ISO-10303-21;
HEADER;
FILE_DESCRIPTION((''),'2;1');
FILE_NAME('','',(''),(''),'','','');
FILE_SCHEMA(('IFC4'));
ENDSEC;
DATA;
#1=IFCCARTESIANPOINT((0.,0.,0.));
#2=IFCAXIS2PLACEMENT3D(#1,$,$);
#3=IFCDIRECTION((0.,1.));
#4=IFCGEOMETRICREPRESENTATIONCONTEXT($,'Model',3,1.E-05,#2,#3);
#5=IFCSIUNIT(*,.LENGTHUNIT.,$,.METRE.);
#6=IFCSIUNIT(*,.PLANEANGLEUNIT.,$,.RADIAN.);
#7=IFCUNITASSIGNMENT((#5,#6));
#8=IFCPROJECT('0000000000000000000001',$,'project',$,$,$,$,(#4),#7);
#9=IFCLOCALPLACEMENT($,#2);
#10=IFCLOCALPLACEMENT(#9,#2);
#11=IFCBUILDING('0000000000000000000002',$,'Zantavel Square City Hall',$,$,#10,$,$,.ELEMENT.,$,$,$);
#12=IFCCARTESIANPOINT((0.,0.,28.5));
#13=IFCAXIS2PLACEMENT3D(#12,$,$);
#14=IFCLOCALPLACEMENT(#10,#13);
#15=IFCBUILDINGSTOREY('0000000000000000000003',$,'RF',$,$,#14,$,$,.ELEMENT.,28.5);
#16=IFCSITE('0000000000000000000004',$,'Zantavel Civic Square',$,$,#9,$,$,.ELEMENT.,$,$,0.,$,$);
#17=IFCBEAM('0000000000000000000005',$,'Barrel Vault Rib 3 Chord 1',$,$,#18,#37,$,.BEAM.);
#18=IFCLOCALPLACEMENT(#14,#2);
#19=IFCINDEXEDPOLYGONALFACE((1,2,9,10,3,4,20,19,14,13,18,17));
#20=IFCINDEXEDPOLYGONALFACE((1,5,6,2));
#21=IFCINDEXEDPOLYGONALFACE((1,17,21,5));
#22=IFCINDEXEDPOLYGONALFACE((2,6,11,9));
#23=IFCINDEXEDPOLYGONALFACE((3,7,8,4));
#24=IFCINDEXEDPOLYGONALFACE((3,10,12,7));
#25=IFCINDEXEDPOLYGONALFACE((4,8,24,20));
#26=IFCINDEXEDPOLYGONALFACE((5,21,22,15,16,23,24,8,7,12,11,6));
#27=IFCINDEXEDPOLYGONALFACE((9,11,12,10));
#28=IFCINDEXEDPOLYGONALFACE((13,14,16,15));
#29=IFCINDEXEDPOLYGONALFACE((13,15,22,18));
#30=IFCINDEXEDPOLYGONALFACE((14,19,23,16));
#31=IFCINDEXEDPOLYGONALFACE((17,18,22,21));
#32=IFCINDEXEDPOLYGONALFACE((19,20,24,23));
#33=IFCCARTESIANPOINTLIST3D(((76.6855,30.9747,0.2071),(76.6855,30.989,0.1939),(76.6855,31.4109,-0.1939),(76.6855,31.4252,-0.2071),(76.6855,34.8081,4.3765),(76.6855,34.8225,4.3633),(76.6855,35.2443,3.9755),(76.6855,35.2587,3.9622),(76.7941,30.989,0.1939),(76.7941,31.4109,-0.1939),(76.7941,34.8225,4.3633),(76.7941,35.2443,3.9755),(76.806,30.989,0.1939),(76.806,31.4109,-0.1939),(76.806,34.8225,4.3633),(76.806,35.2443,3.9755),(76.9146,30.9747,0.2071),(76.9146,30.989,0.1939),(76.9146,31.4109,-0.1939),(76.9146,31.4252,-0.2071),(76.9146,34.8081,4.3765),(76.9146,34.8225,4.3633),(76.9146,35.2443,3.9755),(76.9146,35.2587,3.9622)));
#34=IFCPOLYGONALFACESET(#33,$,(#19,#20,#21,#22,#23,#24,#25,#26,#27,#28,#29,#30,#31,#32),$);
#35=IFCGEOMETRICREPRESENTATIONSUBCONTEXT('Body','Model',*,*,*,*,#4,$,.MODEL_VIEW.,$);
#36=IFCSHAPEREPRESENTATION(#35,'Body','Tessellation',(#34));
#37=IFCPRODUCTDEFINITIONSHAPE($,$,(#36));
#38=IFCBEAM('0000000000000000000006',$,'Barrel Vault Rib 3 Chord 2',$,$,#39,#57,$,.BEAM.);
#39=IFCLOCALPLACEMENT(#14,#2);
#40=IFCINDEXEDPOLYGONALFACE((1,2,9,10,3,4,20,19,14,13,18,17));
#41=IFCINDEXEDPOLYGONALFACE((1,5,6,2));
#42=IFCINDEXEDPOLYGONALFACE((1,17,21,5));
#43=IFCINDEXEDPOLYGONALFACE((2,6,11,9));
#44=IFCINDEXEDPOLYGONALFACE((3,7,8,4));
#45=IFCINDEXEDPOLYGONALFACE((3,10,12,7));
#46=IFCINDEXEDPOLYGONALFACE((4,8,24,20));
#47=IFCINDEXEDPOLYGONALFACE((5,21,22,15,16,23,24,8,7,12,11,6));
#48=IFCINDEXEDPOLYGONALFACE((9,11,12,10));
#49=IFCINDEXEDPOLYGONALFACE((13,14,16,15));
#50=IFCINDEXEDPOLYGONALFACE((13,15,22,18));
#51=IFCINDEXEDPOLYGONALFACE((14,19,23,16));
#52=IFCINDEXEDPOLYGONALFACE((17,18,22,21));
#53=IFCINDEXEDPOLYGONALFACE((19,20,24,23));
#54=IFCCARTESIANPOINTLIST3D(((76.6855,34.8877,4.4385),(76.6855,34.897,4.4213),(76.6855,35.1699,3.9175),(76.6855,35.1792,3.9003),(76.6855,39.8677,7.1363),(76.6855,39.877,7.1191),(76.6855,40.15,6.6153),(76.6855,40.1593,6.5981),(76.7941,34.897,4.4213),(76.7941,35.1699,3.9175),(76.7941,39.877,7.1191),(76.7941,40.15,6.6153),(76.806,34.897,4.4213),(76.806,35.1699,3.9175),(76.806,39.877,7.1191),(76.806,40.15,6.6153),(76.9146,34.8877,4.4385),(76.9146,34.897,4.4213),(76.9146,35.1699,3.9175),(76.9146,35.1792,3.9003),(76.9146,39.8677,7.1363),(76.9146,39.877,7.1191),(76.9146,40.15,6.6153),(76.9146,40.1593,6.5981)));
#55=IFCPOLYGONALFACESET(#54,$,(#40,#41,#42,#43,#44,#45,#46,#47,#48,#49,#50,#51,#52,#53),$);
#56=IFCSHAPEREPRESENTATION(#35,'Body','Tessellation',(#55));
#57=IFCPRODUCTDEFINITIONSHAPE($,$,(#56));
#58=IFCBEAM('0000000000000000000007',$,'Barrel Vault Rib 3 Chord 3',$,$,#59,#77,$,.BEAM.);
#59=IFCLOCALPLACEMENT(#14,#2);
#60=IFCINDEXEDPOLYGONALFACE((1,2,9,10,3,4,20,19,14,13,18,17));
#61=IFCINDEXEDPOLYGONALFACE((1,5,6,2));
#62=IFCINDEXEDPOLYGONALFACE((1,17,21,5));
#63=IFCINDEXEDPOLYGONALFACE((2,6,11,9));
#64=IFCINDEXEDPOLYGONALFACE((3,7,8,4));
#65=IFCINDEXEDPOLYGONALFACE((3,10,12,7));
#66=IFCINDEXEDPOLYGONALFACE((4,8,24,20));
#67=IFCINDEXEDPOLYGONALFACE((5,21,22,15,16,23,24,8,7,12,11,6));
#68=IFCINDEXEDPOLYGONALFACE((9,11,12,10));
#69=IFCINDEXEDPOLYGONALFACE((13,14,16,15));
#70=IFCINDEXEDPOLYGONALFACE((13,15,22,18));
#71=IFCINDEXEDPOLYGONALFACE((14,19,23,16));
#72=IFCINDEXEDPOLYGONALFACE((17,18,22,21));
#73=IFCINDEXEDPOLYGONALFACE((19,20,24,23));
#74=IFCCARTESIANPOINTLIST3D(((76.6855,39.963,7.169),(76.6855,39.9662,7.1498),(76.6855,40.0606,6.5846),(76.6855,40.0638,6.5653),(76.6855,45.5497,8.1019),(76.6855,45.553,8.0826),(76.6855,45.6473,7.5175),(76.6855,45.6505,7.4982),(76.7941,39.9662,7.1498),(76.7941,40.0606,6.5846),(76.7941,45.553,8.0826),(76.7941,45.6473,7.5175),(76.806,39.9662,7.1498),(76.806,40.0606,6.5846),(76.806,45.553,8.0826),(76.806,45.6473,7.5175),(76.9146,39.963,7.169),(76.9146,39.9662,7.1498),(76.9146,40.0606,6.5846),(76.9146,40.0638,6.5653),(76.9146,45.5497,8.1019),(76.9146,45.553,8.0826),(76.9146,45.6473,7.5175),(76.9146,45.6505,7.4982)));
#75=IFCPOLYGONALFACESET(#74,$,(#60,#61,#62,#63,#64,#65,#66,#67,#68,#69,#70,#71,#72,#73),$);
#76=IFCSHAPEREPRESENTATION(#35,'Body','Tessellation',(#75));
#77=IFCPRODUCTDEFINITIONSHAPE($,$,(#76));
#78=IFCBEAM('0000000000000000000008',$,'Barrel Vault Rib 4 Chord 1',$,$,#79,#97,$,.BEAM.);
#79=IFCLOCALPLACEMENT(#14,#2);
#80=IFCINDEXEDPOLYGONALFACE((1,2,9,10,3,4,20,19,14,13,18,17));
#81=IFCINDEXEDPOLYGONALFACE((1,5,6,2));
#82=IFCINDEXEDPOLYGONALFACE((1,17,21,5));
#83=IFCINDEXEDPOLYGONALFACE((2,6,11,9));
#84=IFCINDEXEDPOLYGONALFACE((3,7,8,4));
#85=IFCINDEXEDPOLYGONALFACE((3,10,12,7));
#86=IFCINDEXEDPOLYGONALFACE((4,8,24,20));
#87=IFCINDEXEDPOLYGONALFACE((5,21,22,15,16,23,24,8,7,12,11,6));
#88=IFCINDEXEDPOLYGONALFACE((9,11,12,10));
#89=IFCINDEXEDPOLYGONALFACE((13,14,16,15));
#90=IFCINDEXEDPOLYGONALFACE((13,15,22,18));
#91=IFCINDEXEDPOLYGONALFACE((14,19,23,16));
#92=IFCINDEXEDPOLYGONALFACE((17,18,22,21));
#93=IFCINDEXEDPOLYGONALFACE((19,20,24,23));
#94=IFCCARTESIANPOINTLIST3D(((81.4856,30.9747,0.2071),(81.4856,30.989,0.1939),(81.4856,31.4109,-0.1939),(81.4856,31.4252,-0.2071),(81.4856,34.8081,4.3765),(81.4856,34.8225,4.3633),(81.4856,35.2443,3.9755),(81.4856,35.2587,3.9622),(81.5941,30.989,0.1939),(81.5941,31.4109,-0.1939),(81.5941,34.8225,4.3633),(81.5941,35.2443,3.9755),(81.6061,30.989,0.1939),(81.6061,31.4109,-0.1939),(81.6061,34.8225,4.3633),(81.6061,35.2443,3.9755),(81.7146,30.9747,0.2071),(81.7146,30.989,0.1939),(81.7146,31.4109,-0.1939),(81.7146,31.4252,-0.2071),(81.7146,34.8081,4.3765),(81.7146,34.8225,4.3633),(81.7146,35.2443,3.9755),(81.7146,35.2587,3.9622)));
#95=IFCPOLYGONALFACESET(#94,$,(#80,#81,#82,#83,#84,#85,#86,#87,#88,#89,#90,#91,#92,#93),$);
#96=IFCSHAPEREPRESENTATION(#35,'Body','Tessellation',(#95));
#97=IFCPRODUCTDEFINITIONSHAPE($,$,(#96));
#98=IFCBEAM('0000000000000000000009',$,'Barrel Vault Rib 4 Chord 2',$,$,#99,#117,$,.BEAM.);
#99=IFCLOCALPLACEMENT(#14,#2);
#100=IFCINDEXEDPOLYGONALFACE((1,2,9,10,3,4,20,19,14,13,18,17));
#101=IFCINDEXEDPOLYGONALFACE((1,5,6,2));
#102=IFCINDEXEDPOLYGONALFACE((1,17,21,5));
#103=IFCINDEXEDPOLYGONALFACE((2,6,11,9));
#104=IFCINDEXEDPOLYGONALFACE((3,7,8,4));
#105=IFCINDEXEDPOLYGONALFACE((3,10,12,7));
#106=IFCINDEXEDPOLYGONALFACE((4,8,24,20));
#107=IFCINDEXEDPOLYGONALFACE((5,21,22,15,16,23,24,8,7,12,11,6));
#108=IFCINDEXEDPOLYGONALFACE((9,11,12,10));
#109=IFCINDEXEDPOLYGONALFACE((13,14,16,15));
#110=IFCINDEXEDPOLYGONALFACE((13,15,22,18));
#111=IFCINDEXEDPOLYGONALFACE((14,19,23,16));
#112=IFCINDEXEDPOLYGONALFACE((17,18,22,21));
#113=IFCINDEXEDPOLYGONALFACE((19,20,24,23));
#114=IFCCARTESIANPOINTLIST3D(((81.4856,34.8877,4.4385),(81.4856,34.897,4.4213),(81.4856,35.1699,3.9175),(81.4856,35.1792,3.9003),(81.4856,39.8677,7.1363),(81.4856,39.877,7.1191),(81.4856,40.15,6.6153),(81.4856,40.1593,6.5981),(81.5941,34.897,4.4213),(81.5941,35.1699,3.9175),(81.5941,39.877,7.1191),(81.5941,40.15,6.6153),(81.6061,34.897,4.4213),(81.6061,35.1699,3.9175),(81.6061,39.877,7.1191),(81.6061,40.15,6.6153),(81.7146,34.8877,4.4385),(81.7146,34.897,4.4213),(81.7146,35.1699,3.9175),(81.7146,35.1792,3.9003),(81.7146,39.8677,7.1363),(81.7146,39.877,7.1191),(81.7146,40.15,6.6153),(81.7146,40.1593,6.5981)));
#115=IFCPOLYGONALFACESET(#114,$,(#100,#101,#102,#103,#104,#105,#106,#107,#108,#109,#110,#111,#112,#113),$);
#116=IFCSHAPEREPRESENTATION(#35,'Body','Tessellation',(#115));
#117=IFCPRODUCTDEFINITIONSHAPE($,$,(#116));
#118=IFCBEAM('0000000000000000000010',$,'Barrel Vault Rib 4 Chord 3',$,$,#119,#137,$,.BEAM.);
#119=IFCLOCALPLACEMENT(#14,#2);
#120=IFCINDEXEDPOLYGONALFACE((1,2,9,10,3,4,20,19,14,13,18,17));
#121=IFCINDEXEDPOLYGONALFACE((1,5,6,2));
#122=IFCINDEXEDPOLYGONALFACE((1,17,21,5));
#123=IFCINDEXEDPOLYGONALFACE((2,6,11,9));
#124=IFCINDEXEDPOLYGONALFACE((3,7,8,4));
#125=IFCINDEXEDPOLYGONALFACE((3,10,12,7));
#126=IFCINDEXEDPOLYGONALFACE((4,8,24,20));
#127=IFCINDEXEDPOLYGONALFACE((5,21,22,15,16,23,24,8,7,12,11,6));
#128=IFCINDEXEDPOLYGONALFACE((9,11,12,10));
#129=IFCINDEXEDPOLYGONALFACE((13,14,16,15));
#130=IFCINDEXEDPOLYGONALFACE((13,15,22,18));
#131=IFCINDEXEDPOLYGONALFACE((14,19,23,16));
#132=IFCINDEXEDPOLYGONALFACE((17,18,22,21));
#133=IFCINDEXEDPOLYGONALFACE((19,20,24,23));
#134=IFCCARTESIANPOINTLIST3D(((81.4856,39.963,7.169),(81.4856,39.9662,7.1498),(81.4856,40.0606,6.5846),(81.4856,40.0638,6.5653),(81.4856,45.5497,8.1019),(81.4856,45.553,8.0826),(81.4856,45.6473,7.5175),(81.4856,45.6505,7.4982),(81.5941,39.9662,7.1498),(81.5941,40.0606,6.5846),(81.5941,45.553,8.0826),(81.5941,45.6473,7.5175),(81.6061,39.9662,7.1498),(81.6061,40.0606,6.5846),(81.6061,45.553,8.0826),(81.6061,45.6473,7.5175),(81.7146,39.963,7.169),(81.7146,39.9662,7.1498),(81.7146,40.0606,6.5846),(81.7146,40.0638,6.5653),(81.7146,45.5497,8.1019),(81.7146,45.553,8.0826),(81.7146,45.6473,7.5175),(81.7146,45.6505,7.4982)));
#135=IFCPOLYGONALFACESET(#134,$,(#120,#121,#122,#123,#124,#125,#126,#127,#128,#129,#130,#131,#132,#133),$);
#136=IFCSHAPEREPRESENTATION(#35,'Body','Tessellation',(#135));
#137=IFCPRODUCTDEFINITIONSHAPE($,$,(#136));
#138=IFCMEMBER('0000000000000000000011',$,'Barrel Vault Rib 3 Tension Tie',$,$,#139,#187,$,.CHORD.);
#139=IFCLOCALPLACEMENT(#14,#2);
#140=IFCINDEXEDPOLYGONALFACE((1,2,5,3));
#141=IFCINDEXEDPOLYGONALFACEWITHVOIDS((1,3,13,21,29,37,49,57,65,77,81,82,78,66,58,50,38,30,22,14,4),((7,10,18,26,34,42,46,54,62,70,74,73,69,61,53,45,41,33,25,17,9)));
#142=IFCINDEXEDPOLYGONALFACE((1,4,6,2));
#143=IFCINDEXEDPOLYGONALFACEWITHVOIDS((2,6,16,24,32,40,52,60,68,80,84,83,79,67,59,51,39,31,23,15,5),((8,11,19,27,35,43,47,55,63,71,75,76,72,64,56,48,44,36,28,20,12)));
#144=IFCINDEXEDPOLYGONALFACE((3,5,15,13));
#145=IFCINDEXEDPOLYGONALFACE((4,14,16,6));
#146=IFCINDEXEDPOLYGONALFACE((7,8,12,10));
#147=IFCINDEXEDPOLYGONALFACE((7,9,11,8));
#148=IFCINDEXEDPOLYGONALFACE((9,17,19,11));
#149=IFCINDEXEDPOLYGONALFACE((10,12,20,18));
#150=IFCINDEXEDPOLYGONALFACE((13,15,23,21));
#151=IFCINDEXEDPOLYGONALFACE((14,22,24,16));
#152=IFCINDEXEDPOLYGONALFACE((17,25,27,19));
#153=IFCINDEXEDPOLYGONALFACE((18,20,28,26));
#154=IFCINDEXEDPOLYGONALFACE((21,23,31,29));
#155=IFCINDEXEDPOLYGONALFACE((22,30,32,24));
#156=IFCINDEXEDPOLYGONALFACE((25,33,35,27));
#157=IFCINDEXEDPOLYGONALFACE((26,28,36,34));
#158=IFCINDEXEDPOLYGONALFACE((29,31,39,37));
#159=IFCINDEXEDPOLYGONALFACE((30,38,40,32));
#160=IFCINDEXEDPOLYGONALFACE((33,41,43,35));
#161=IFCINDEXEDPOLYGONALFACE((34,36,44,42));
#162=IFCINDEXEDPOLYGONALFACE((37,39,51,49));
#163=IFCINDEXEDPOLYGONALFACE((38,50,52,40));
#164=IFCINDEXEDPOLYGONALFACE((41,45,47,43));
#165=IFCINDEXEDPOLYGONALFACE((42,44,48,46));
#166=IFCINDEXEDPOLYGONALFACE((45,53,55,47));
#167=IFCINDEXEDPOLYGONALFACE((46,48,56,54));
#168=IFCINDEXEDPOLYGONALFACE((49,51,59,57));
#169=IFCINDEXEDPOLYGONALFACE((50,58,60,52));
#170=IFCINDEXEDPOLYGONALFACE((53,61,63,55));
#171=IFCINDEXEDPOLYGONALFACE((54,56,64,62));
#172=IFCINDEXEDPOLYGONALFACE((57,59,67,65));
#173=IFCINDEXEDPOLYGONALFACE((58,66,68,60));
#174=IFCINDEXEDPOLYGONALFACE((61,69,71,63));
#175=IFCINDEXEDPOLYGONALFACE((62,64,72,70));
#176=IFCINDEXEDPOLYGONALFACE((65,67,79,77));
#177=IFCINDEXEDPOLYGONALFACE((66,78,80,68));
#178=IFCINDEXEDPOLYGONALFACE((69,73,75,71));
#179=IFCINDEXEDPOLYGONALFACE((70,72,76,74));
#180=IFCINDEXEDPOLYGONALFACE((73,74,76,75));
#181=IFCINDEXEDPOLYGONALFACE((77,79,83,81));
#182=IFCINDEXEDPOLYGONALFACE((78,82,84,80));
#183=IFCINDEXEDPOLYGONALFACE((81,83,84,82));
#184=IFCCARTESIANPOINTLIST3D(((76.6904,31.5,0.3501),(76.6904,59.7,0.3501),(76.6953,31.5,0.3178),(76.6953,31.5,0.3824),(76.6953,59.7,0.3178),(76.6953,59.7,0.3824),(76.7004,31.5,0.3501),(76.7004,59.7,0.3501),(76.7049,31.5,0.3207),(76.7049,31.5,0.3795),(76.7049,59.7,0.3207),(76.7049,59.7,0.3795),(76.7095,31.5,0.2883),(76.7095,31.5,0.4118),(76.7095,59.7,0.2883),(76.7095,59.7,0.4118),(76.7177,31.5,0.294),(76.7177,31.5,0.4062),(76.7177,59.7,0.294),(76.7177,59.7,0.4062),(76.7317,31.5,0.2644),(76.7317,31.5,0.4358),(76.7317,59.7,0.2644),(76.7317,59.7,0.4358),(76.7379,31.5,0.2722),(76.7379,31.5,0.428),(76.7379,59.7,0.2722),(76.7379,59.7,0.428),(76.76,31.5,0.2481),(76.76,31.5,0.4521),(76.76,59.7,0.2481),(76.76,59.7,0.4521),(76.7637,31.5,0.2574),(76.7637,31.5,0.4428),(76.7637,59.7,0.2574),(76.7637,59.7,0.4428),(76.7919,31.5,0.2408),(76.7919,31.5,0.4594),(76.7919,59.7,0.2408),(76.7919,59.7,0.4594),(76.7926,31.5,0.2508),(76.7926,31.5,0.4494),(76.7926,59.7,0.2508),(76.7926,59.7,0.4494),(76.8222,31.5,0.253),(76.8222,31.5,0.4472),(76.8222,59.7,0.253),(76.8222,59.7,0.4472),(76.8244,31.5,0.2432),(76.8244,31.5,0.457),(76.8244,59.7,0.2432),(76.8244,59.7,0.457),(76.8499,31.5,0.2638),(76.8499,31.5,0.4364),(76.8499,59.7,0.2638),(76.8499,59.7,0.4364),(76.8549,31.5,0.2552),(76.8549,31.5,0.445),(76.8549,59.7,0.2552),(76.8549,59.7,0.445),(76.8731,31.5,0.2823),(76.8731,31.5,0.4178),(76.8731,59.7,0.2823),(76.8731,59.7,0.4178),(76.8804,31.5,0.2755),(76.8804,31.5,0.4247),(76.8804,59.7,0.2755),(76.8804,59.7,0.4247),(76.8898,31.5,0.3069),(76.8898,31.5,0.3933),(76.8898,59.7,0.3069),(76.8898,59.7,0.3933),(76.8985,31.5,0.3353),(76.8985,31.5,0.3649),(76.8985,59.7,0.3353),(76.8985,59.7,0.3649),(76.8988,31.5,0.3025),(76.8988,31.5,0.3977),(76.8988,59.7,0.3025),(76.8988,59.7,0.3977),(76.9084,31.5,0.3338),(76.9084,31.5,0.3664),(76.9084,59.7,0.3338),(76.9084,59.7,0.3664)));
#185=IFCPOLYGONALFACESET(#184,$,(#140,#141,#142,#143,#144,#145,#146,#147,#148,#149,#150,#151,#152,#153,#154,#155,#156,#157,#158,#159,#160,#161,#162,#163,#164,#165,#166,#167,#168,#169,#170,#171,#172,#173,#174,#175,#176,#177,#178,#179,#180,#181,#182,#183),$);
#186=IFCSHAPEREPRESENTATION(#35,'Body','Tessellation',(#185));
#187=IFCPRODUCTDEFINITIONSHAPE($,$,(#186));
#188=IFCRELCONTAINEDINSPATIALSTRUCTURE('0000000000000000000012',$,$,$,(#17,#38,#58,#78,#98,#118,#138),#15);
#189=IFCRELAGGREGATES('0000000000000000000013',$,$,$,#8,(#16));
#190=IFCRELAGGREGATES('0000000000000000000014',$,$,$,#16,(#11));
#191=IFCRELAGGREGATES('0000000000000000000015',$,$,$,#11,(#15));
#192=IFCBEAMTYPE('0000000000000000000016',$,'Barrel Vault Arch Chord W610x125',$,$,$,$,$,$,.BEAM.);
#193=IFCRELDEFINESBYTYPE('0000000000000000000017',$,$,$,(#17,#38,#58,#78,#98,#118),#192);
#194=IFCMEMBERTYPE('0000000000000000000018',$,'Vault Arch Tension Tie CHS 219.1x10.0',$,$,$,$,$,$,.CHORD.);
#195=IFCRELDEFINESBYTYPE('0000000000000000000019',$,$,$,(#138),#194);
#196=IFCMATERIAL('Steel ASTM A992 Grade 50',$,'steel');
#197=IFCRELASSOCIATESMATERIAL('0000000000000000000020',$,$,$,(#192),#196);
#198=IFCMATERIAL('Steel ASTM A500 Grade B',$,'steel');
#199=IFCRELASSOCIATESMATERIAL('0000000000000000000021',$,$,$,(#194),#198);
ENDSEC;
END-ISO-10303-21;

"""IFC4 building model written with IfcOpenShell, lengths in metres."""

from ifc_helpers import new_model, si_unit, direction, frame, origin, origin_2d, place, context, subcontext, project, spatial, hollow_circle, i_section, extrude, material, material_profile, profile_set, type_object, element, save


model = new_model("IFC4")

# Units and contexts
model_context = context("Model", 3, precision=1e-05, world=origin(), true_north=direction((0.0, 1.0)))
body_context = subcontext(model_context, "Body", "Model", "MODEL_VIEW")
ifc_project = project(units=[si_unit("LENGTHUNIT", "METRE"), si_unit("PLANEANGLEUNIT", "RADIAN")], contexts=[model_context])

# Site, building, storey
site_placement = place(None, origin())
site = spatial("IfcSite", under=ifc_project, at=site_placement, Name="Zantavel Civic Square", CompositionType="ELEMENT", RefElevation=0.0)
building_placement = place(site_placement, origin())
building = spatial("IfcBuilding", under=site, at=building_placement, Name="Zantavel Square City Hall", CompositionType="ELEMENT")
storey_placement = place(building_placement, frame((0.0, 0.0, 28.5)))
storey = spatial("IfcBuildingStorey", under=building, at=storey_placement, Name="RF", CompositionType="ELEMENT", Elevation=28.5)

# Beams
ifc_material_1 = material(Name="Steel ASTM A992 Grade 50", Category="steel")
ifc_material_profile_1 = material_profile(ifc_material_1, i_section(OverallWidth=0.229, OverallDepth=0.6121, WebThickness=0.012, FlangeThickness=0.0195, at=origin_2d()), Name="W610x125")
ifc_profile_set_1 = profile_set([ifc_material_profile_1], Name="Steel ASTM A992 Grade 50")
beam_type = type_object("IfcBeamType", Name="Barrel Vault Arch Chord W610x125", PredefinedType="BEAM", material=ifc_profile_set_1)
for number, where, z_axis, x_axis, name in (
    (1, (76.8, 31.2, 0.0), (0.0, 0.676829, 0.736141), (-1.0, 0.0, 0.0), "Barrel Vault Rib 3 Chord 1"),
    (2, (76.8, 35.0334, 4.1694), (0.0, 0.879272, 0.476319), (-1.0, 0.0, 0.0), "Barrel Vault Rib 3 Chord 2"),
):
    element("IfcBeam", number, at=place(storey_placement, frame(where, z_axis=z_axis, x_axis=x_axis)), inside=storey, type_object=beam_type, Name=name, PredefinedType="BEAM", context=body_context, shape_type="SweptSolid", body=[
        extrude(i_section(OverallWidth=0.229, OverallDepth=0.6121, WebThickness=0.012, FlangeThickness=0.0195, at=origin_2d()), origin(), (0.0, 0.0, 1.0), 5.6638),
    ])
beam_1_placement = place(storey_placement, frame((76.8, 40.0134, 6.8672), z_axis=(0.0, 0.986344, 0.1647), x_axis=(-1.0, 0.0, 0.0)))
element("IfcBeam", 3, at=beam_1_placement, inside=storey, type_object=beam_type, Name="Barrel Vault Rib 3 Chord 3", PredefinedType="BEAM", context=body_context, shape_type="SweptSolid", body=[
    extrude(i_section(OverallWidth=0.229, OverallDepth=0.6121, WebThickness=0.012, FlangeThickness=0.0195, at=origin_2d()), origin(), (0.0, 0.0, 1.0), 5.6641),
])
for number, where, z_axis, x_axis, name in (
    (4, (81.6001, 31.2, 0.0), (0.0, 0.676829, 0.736141), (-1.0, 0.0, 0.0), "Barrel Vault Rib 4 Chord 1"),
    (5, (81.6001, 35.0334, 4.1694), (0.0, 0.879272, 0.476319), (-1.0, 0.0, 0.0), "Barrel Vault Rib 4 Chord 2"),
):
    element("IfcBeam", number, at=place(storey_placement, frame(where, z_axis=z_axis, x_axis=x_axis)), inside=storey, type_object=beam_type, Name=name, PredefinedType="BEAM", context=body_context, shape_type="SweptSolid", body=[
        extrude(i_section(OverallWidth=0.229, OverallDepth=0.6121, WebThickness=0.012, FlangeThickness=0.0195, at=origin_2d()), origin(), (0.0, 0.0, 1.0), 5.6638),
    ])
beam_2_placement = place(storey_placement, frame((81.6001, 40.0134, 6.8672), z_axis=(0.0, 0.986344, 0.1647), x_axis=(-1.0, 0.0, 0.0)))
element("IfcBeam", 6, at=beam_2_placement, inside=storey, type_object=beam_type, Name="Barrel Vault Rib 4 Chord 3", PredefinedType="BEAM", context=body_context, shape_type="SweptSolid", body=[
    extrude(i_section(OverallWidth=0.229, OverallDepth=0.6121, WebThickness=0.012, FlangeThickness=0.0195, at=origin_2d()), origin(), (0.0, 0.0, 1.0), 5.6641),
])

# Member
ifc_material_2 = material(Name="Steel ASTM A500 Grade B", Category="steel")
ifc_material_profile_2 = material_profile(ifc_material_2, hollow_circle(Radius=0.1096, WallThickness=0.01, at=origin_2d()), Name="CHS 219.1x10.0")
ifc_profile_set_2 = profile_set([ifc_material_profile_2], Name="Steel ASTM A500 Grade B")
member_type_1 = type_object("IfcMemberType", Name="Vault Arch Tension Tie CHS 219.1x10.0", PredefinedType="CHORD", material=ifc_profile_set_2)
for number, where, z_axis, x_axis, name in (
    (7, (76.8, 31.5, 0.3501), (0.0, 1.0, 0.0), (-1.0, 0.0, 0.0), "Barrel Vault Rib 3 Tension Tie"),
):
    element("IfcMember", number, at=place(storey_placement, frame(where, z_axis=z_axis, x_axis=x_axis)), inside=storey, type_object=member_type_1, Name=name, PredefinedType="CHORD", context=body_context, shape_type="SweptSolid", body=[
        extrude(hollow_circle(Radius=0.1096, WallThickness=0.01, at=origin_2d()), origin(), (0.0, 0.0, 1.0), 28.2),
    ])

save(model, "model.ifc")
